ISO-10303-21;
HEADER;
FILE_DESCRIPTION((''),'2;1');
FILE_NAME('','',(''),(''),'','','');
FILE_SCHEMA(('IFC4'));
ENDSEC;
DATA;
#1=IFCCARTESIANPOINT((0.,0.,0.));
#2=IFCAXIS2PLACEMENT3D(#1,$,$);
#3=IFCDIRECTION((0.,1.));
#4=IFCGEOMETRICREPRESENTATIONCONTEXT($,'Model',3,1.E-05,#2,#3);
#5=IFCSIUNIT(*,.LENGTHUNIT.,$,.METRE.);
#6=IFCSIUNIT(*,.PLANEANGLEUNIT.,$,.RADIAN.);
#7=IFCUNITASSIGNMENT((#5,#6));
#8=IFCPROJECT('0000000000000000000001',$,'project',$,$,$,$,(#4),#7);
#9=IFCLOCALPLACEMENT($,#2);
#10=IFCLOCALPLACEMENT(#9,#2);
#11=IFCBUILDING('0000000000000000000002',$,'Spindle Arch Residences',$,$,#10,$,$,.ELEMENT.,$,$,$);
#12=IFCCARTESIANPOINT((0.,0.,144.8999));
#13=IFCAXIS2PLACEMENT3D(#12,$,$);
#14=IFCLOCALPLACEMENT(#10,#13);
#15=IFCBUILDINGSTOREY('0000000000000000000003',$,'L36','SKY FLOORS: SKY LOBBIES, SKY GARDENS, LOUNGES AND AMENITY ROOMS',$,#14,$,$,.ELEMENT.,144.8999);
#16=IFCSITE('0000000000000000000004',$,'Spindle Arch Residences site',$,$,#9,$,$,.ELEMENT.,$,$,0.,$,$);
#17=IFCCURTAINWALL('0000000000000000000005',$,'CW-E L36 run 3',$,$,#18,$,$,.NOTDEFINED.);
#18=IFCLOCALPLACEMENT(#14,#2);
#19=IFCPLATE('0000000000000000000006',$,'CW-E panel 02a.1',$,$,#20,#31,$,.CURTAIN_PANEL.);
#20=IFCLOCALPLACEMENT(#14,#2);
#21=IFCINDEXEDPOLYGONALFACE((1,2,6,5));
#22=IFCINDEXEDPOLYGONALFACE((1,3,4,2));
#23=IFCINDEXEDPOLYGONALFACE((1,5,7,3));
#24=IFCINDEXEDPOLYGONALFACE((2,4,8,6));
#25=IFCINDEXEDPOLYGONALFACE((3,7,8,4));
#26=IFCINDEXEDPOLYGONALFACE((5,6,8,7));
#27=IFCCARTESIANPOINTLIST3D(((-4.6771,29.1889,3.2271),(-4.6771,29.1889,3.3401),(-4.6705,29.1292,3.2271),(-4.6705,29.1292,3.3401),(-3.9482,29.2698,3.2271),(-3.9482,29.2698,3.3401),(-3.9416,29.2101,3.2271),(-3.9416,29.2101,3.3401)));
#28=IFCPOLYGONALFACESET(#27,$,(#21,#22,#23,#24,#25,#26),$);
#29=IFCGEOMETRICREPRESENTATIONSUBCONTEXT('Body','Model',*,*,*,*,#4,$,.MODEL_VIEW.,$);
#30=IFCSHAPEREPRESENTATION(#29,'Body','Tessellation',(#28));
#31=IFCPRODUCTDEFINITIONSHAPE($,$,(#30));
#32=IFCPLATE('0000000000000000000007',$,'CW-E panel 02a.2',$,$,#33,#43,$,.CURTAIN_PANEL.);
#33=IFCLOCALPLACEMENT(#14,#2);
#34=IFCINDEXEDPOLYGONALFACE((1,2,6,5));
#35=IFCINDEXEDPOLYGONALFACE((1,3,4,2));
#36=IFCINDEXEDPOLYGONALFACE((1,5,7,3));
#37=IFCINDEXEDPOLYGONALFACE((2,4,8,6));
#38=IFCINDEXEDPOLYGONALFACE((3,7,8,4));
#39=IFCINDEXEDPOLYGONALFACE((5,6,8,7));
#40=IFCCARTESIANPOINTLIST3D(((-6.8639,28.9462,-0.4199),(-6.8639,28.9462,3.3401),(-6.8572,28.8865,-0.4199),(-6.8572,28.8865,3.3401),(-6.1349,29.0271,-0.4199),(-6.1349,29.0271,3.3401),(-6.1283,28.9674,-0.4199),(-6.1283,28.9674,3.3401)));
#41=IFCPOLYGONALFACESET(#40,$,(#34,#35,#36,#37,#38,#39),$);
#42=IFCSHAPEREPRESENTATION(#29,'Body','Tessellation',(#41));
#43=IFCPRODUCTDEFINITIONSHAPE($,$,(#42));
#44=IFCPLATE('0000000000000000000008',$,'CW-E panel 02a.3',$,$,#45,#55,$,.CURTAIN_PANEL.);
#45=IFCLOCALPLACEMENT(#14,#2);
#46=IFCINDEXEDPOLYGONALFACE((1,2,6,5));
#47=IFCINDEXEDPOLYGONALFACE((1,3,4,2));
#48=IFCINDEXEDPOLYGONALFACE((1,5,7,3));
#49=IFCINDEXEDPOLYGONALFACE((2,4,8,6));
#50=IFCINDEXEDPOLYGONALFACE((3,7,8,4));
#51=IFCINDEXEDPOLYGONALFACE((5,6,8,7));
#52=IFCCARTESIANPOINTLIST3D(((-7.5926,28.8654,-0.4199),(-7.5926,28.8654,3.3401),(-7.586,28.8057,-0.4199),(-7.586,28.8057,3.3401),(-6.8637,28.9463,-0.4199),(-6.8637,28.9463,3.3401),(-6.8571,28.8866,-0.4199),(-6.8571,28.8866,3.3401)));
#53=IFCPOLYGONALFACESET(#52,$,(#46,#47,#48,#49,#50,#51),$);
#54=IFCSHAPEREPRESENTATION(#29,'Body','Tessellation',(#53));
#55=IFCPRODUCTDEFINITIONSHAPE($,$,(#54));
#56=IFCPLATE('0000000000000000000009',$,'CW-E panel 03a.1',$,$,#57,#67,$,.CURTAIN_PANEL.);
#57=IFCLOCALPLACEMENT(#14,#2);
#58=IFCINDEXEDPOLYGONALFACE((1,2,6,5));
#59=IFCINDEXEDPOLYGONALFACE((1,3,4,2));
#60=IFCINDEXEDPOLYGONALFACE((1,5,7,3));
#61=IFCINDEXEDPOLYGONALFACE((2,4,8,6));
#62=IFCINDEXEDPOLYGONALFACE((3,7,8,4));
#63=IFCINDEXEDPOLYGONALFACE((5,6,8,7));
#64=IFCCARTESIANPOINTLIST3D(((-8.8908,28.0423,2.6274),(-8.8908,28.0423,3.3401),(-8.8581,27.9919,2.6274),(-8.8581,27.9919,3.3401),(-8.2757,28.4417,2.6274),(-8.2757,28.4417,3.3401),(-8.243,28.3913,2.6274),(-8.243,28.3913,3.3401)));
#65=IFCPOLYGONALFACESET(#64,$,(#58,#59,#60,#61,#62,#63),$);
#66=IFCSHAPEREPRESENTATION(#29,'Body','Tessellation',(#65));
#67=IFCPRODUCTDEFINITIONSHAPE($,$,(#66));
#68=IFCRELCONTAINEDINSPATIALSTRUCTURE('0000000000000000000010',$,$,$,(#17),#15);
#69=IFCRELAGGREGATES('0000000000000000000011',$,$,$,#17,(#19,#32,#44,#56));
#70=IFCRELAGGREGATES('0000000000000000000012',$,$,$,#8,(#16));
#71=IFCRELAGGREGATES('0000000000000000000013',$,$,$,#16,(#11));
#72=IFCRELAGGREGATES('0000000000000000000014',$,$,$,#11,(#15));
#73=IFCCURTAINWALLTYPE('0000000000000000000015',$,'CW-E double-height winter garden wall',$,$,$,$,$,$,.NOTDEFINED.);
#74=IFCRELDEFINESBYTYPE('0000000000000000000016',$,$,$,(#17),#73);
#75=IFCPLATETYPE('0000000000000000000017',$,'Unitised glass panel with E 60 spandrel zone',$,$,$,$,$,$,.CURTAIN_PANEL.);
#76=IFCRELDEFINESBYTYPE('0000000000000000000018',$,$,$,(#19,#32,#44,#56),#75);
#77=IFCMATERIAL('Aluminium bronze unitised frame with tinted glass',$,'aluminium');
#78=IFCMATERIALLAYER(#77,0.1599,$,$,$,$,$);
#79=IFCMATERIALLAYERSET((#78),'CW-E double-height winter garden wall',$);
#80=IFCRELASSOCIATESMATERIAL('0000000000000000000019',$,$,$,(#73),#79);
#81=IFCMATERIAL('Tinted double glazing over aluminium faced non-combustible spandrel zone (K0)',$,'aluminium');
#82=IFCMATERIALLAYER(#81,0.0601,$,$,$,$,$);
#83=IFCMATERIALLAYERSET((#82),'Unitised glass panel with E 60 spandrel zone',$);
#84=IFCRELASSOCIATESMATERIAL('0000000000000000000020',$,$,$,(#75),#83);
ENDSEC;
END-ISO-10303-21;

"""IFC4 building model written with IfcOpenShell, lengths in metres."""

from ifc_helpers import new_model, si_unit, direction, frame, origin, origin_2d, place, context, subcontext, project, spatial, rectangle, extrude, material, layer, layer_set, type_object, element, aggregate, save


model = new_model("IFC4")

# Units and contexts
model_context = context("Model", 3, precision=1e-05, world=origin(), true_north=direction((0.0, 1.0)))
body_context = subcontext(model_context, "Body", "Model", "MODEL_VIEW")
ifc_project = project(units=[si_unit("LENGTHUNIT", "METRE"), si_unit("PLANEANGLEUNIT", "RADIAN")], contexts=[model_context])

# Site, building, storey
site_placement = place(None, origin())
site = spatial("IfcSite", under=ifc_project, at=site_placement, Name="Spindle Arch Residences site", CompositionType="ELEMENT", RefElevation=0.0)
building_placement = place(site_placement, origin())
building = spatial("IfcBuilding", under=site, at=building_placement, Name="Spindle Arch Residences", CompositionType="ELEMENT")
storey_placement = place(building_placement, frame((0.0, 0.0, 144.8999)))
storey = spatial("IfcBuildingStorey", under=building, at=storey_placement, Name="L36", Description="SKY FLOORS: SKY LOBBIES, SKY GARDENS, LOUNGES AND AMENITY ROOMS", CompositionType="ELEMENT", Elevation=144.8999)

# Curtain wall, plates
ifc_material_1 = material(Name="Aluminium bronze unitised frame with tinted glass", Category="aluminium")
ifc_layer_1 = layer(ifc_material_1, 0.1599)
ifc_layer_set_1 = layer_set([ifc_layer_1], Name="CW-E double-height winter garden wall")
curtain_wall_type = type_object("IfcCurtainWallType", Name="CW-E double-height winter garden wall", PredefinedType="NOTDEFINED", material=ifc_layer_set_1)
curtain_wall_placement = place(storey_placement, origin())
curtain_wall = element("IfcCurtainWall", 1, at=curtain_wall_placement, inside=storey, type_object=curtain_wall_type, Name="CW-E L36 run 3", PredefinedType="NOTDEFINED")
ifc_material_2 = material(Name="Tinted double glazing over aluminium faced non-combustible spandrel zone (K0)", Category="aluminium")
ifc_layer_2 = layer(ifc_material_2, 0.0601)
ifc_layer_set_2 = layer_set([ifc_layer_2], Name="Unitised glass panel with E 60 spandrel zone")
plate_type_1 = type_object("IfcPlateType", Name="Unitised glass panel with E 60 spandrel zone", PredefinedType="CURTAIN_PANEL", material=ifc_layer_set_2)
plate_1_placement = place(storey_placement, frame((-4.3093, 29.1995, 3.2271), z_axis=(0.0, 0.0, 1.0), x_axis=(-0.993897, -0.110313, 0.0)))
plate_1 = element("IfcPlate", 2, at=plate_1_placement, type_object=plate_type_1, Name="CW-E panel 02a.1", PredefinedType="CURTAIN_PANEL", context=body_context, shape_type="SweptSolid", body=[
    extrude(rectangle(XDim=0.7334, YDim=0.0601, at=origin_2d()), origin(), (0.0, 0.0, 1.0), 0.113),
])
plate_2_placement = place(storey_placement, frame((-6.4961, 28.9568, -0.4199), z_axis=(0.0, 0.0, 1.0), x_axis=(-0.993897, -0.110313, 0.0)))
plate_2 = element("IfcPlate", 3, at=plate_2_placement, type_object=plate_type_1, Name="CW-E panel 02a.2", PredefinedType="CURTAIN_PANEL", context=body_context, shape_type="SweptSolid", body=[
    extrude(rectangle(XDim=0.7334, YDim=0.0601, at=origin_2d()), origin(), (0.0, 0.0, 1.0), 3.76),
])
plate_3_placement = place(storey_placement, frame((-7.2249, 28.876, -0.4199), z_axis=(0.0, 0.0, 1.0), x_axis=(-0.993897, -0.110313, 0.0)))
plate_3 = element("IfcPlate", 4, at=plate_3_placement, type_object=plate_type_1, Name="CW-E panel 02a.3", PredefinedType="CURTAIN_PANEL", context=body_context, shape_type="SweptSolid", body=[
    extrude(rectangle(XDim=0.7334, YDim=0.0601, at=origin_2d()), origin(), (0.0, 0.0, 1.0), 3.76),
])
plate_4_placement = place(storey_placement, frame((-8.5669, 28.2168, 2.6274), z_axis=(0.0, 0.0, 1.0), x_axis=(-0.838671, -0.544639, 0.0)))
plate_4 = element("IfcPlate", 5, at=plate_4_placement, type_object=plate_type_1, Name="CW-E panel 03a.1", PredefinedType="CURTAIN_PANEL", context=body_context, shape_type="SweptSolid", body=[
    extrude(rectangle(XDim=0.7334, YDim=0.0601, at=origin_2d()), origin(), (0.0, 0.0, 1.0), 0.7126),
])
aggregate(curtain_wall, [plate_1, plate_2, plate_3, plate_4])

save(model, "model.ifc")
